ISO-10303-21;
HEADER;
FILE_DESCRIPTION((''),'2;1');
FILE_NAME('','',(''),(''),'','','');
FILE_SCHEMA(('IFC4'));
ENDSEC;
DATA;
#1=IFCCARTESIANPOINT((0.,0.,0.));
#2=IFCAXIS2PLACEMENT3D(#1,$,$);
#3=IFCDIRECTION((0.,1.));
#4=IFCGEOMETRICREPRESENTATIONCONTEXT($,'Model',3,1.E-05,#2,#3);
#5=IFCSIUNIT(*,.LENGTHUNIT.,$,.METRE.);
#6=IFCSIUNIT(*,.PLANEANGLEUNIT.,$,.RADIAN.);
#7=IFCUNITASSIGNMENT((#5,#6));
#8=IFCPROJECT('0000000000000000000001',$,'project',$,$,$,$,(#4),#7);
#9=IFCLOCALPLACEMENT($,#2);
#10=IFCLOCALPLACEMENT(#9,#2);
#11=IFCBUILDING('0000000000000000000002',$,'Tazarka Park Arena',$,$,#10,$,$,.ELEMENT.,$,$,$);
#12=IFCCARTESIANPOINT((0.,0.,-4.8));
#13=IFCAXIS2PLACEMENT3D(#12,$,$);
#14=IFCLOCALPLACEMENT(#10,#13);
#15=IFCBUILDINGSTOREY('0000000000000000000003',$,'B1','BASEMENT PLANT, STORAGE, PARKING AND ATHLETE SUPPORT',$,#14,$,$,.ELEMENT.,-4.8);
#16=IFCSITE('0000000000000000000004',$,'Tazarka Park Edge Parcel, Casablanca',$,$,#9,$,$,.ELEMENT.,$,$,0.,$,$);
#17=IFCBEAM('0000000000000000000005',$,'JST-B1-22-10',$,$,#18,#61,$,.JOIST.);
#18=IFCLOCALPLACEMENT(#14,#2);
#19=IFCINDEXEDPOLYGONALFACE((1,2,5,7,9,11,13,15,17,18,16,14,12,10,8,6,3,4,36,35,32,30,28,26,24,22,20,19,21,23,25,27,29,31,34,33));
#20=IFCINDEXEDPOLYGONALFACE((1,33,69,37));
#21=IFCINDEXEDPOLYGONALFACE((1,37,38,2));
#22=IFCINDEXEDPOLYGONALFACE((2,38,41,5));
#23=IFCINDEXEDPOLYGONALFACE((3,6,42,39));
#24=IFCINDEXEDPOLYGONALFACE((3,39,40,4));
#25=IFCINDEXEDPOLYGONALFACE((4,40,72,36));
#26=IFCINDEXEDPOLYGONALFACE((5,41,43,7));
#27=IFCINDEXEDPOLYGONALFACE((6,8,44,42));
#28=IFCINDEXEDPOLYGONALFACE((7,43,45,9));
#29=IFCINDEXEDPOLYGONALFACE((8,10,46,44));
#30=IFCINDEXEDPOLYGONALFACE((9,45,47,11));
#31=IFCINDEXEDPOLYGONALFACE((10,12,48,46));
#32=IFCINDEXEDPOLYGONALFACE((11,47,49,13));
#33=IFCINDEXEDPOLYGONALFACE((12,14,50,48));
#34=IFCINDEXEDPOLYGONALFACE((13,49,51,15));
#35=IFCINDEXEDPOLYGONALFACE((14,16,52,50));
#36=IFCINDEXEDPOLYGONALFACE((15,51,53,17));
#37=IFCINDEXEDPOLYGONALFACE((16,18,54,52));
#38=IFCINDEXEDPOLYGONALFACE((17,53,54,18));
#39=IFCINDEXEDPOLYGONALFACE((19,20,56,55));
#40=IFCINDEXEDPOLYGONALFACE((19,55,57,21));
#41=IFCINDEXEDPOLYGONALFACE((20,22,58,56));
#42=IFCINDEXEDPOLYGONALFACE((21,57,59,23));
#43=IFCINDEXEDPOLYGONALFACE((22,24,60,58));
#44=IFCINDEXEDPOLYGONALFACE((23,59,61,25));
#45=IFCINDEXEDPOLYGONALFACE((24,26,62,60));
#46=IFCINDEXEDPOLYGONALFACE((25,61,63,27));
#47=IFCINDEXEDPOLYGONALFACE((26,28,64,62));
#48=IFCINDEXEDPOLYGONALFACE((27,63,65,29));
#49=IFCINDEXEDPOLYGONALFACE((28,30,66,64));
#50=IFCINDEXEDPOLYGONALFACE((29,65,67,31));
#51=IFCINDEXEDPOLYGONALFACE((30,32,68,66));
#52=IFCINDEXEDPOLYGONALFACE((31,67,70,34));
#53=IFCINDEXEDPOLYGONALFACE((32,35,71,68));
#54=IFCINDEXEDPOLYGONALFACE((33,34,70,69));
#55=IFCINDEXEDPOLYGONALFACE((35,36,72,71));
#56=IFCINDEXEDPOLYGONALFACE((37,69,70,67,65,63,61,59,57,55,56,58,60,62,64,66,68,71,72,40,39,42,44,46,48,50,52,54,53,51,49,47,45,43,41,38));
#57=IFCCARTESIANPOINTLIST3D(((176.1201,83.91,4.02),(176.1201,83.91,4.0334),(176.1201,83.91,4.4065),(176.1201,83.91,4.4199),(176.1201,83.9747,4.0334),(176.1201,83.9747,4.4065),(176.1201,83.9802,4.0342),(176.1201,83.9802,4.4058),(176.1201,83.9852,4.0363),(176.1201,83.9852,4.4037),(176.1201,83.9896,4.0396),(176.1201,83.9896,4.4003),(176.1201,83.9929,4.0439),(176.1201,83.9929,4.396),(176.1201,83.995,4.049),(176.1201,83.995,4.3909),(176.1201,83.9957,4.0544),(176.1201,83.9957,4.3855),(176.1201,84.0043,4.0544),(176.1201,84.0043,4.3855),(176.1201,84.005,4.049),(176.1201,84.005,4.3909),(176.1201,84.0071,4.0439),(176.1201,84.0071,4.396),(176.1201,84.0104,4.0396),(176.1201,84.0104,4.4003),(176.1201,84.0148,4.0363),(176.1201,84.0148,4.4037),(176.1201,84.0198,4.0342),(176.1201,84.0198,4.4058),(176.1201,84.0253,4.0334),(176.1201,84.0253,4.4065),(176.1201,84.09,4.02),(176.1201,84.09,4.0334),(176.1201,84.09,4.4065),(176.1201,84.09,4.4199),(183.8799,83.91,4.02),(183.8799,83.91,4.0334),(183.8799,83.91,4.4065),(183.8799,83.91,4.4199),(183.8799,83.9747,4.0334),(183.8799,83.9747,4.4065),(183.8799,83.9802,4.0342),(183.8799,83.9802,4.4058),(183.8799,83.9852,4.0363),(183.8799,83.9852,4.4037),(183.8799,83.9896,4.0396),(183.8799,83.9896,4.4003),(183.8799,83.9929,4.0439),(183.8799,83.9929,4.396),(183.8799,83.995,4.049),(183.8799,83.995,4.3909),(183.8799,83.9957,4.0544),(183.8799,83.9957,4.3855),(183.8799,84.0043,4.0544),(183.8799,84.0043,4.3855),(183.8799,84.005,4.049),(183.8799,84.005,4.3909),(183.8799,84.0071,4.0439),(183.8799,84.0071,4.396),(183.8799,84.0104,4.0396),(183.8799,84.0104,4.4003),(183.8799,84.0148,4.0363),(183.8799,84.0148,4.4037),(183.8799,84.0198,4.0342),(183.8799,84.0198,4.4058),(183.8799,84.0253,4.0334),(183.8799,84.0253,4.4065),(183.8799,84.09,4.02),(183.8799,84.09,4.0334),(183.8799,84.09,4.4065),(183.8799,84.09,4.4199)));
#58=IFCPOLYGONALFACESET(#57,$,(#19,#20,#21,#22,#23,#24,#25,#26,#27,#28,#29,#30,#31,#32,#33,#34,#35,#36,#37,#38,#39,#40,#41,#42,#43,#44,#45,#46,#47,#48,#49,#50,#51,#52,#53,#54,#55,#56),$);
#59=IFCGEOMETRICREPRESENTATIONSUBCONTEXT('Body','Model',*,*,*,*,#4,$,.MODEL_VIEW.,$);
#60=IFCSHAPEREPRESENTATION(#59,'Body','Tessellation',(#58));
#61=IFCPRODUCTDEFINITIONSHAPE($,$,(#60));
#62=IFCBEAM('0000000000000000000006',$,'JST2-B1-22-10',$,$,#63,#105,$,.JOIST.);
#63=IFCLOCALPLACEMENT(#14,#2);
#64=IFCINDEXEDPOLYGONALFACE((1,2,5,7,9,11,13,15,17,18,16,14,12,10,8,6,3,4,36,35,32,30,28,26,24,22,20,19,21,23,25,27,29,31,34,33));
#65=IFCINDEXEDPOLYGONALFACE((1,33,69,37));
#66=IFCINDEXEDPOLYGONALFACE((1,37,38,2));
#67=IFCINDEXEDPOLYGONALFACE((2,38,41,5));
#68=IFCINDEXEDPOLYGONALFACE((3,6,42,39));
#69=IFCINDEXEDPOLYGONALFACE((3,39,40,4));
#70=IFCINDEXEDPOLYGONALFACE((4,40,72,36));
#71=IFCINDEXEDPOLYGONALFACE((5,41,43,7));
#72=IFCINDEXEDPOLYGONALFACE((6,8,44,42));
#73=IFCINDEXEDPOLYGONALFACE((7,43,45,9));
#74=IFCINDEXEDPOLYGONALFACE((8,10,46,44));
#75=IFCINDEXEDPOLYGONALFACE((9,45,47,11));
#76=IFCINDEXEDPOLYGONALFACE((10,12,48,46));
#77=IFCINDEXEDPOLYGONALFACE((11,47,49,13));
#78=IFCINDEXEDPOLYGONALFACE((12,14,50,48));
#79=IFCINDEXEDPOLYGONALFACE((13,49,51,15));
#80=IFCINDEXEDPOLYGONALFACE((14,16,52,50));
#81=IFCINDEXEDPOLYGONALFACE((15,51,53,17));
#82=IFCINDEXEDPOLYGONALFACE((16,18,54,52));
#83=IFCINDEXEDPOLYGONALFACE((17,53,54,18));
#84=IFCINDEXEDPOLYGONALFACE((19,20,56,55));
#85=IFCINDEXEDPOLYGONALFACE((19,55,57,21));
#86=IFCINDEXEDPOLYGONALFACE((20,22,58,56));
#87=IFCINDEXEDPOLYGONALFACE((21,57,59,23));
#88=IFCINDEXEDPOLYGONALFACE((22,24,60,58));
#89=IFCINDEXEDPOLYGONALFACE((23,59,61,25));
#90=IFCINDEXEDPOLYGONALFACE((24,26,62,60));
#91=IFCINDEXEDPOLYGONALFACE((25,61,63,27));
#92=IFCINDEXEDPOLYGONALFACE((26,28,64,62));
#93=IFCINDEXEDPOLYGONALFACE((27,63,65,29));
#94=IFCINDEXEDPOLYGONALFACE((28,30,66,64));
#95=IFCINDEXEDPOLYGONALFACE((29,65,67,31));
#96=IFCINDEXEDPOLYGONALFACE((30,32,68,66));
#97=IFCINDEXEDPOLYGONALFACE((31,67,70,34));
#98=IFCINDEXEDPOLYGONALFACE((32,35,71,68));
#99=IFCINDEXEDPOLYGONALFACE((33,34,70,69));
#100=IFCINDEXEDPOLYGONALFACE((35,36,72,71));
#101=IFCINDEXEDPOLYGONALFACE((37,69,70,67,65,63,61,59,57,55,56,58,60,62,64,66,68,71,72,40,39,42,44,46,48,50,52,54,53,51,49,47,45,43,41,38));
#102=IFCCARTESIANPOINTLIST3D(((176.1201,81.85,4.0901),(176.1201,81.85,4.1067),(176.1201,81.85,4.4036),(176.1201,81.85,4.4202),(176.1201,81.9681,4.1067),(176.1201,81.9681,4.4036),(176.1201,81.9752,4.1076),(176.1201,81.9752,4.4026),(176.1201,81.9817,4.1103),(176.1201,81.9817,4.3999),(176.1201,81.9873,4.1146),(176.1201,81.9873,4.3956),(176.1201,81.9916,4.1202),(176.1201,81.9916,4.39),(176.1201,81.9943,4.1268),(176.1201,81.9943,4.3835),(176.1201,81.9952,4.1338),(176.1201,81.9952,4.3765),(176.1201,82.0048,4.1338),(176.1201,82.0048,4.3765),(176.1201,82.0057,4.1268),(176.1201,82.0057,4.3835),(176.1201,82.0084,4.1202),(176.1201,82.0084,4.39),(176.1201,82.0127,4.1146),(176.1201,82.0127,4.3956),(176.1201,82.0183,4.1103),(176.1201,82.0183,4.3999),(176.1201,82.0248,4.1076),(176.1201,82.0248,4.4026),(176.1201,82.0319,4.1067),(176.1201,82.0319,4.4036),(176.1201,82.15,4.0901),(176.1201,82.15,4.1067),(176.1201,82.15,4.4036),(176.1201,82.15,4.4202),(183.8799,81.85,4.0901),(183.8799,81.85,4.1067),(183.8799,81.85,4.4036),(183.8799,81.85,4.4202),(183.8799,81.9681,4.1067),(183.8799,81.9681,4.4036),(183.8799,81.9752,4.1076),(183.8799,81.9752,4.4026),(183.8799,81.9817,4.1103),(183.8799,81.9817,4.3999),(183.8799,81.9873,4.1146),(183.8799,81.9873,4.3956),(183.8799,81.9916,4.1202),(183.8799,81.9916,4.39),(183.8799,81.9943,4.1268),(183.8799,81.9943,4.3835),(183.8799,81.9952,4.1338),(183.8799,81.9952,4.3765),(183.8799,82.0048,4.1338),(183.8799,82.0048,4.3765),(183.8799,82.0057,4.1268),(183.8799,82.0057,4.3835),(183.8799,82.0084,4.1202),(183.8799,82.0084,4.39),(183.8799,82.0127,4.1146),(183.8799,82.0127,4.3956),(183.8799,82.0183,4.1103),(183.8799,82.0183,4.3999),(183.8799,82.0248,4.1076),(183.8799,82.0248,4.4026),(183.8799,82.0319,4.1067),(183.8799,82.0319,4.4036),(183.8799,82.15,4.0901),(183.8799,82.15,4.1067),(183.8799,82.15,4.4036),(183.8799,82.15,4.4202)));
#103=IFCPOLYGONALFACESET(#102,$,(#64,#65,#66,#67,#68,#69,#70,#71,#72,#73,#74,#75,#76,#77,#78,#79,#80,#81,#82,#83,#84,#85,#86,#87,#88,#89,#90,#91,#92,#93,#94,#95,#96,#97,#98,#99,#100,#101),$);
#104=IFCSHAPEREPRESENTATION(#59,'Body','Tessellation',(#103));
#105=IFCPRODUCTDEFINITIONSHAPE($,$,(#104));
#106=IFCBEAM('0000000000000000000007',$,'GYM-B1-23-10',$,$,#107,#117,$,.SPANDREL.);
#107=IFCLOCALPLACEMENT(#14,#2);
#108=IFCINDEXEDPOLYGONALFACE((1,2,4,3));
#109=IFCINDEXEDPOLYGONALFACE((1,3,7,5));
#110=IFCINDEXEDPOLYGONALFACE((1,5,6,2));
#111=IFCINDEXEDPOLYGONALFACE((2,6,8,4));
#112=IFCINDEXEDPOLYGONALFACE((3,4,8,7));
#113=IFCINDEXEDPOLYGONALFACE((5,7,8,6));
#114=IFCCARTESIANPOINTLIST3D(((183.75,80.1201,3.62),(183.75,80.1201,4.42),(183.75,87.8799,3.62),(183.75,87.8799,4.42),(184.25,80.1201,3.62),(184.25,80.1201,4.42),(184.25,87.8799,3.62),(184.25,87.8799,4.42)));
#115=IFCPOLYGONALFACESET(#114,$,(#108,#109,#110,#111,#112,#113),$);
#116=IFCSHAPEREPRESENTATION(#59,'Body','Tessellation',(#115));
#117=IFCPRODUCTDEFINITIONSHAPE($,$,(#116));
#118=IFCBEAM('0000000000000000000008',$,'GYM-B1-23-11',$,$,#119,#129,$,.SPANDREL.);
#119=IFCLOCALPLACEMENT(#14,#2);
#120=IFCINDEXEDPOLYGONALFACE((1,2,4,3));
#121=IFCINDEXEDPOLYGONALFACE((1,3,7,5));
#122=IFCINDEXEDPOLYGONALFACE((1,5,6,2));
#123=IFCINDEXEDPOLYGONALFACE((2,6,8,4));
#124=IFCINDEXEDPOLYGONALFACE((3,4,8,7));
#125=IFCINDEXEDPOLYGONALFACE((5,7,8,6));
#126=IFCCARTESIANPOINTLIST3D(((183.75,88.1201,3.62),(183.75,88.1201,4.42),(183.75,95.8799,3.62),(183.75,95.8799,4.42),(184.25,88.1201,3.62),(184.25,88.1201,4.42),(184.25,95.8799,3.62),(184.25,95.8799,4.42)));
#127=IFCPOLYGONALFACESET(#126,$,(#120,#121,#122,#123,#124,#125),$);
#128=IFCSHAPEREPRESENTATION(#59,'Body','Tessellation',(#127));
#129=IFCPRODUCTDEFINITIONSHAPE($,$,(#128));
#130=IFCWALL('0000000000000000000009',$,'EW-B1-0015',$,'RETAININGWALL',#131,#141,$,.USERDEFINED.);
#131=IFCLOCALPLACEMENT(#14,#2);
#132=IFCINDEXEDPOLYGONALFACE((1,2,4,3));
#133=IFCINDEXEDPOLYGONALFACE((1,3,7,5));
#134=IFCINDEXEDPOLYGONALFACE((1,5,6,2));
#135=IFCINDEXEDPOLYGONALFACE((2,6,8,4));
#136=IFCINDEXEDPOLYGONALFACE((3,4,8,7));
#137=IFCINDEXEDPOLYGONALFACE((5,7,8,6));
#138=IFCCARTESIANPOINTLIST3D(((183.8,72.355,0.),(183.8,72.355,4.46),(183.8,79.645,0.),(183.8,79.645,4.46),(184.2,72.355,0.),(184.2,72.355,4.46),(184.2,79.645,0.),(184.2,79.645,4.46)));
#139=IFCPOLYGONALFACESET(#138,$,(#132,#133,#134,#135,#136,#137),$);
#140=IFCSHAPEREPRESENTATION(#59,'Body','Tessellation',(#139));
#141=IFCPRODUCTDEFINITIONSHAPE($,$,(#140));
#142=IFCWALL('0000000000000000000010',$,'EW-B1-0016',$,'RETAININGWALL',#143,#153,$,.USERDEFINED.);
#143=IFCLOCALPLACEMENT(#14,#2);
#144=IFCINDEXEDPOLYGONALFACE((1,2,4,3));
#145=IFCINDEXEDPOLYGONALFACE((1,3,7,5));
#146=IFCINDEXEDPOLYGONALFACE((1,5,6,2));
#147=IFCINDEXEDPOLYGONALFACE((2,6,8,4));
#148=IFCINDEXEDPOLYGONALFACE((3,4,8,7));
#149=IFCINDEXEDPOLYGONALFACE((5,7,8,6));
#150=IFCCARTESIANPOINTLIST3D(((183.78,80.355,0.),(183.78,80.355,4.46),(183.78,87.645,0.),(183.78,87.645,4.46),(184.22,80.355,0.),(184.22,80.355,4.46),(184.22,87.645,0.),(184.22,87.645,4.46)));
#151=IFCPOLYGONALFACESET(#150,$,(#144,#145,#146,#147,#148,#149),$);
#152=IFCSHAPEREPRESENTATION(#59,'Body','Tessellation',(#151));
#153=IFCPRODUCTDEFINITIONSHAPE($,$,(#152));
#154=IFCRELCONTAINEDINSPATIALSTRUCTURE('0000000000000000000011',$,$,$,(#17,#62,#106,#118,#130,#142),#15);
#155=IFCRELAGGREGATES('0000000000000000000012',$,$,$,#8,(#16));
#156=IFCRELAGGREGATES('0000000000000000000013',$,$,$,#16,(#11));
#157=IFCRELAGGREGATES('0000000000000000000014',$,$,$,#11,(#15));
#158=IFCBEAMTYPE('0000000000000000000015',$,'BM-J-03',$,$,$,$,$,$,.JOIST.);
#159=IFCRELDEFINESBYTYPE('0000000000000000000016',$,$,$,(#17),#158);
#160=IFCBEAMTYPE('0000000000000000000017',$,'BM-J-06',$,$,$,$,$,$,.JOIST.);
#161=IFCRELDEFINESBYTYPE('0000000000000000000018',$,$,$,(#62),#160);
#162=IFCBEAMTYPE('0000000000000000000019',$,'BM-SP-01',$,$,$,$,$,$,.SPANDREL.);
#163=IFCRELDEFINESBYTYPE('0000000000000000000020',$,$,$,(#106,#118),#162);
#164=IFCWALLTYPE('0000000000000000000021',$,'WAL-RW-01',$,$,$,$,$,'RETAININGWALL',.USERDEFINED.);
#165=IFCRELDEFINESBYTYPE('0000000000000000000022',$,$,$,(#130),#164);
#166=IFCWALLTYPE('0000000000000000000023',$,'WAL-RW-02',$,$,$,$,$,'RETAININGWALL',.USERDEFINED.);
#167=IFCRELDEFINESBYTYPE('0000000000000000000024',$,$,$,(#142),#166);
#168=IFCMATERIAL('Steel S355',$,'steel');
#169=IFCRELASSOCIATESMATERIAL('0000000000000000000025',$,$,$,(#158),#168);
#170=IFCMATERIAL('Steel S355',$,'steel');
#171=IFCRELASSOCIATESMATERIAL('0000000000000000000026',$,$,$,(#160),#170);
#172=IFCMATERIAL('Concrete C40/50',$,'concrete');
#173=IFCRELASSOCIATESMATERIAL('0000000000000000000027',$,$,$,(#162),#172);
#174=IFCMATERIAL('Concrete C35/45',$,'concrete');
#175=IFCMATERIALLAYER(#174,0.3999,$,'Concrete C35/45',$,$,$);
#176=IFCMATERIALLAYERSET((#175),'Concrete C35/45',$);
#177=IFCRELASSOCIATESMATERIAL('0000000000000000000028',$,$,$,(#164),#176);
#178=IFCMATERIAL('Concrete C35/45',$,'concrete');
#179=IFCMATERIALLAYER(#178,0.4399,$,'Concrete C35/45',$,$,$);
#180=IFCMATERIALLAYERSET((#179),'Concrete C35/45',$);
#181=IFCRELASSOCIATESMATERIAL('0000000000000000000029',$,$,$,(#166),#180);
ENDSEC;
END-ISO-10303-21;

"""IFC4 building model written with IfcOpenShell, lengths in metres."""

from ifc_helpers import new_model, si_unit, direction, frame, frame_2d, origin, origin_2d, place, context, subcontext, project, spatial, rectangle, i_section, extrude, material, layer, layer_set, material_profile, profile_set, type_object, element, save


model = new_model("IFC4")

# Units and contexts
model_context = context("Model", 3, precision=1e-05, world=origin(), true_north=direction((0.0, 1.0)))
body_context = subcontext(model_context, "Body", "Model", "MODEL_VIEW")
ifc_project = project(units=[si_unit("LENGTHUNIT", "METRE"), si_unit("PLANEANGLEUNIT", "RADIAN")], contexts=[model_context])

# Site, building, storey
site_placement = place(None, origin())
site = spatial("IfcSite", under=ifc_project, at=site_placement, Name="Tazarka Park Edge Parcel, Casablanca", CompositionType="ELEMENT", RefElevation=0.0)
building_placement = place(site_placement, origin())
building = spatial("IfcBuilding", under=site, at=building_placement, Name="Tazarka Park Arena", CompositionType="ELEMENT")
storey_placement = place(building_placement, frame((0.0, 0.0, -4.8)))
storey = spatial("IfcBuildingStorey", under=building, at=storey_placement, Name="B1", Description="BASEMENT PLANT, STORAGE, PARKING AND ATHLETE SUPPORT", CompositionType="ELEMENT", Elevation=-4.8)

# Beams
ifc_material_1 = material(Name="Steel S355", Category="steel")
ifc_material_profile_1 = material_profile(ifc_material_1, i_section(OverallWidth=0.1799, OverallDepth=0.3999, WebThickness=0.0085, FlangeThickness=0.0134, FilletRadius=0.021, at=origin_2d()), Name="Steel S355")
ifc_profile_set_1 = profile_set([ifc_material_profile_1], Name="Steel S355")
beam_type_1 = type_object("IfcBeamType", Name="BM-J-03", PredefinedType="JOIST", material=ifc_profile_set_1)
beam_1_placement = place(storey_placement, frame((176.1201, 84.0, 4.22), z_axis=(1.0, 0.0, 0.0), x_axis=(0.0, 1.0, 0.0)))
element("IfcBeam", 1, at=beam_1_placement, inside=storey, type_object=beam_type_1, Name="JST-B1-22-10", PredefinedType="JOIST", context=body_context, shape_type="SweptSolid", body=[
    extrude(i_section(OverallWidth=0.1799, OverallDepth=0.3999, WebThickness=0.0085, FlangeThickness=0.0134, FilletRadius=0.021, at=origin_2d()), origin(), (0.0, 0.0, 1.0), 7.7598),
])
ifc_material_2 = material(Name="Steel S355", Category="steel")
ifc_material_profile_2 = material_profile(ifc_material_2, i_section(OverallWidth=0.3, OverallDepth=0.3301, WebThickness=0.0095, FlangeThickness=0.0166, FilletRadius=0.0271, at=origin_2d()), Name="Steel S355")
ifc_profile_set_2 = profile_set([ifc_material_profile_2], Name="Steel S355")
beam_type_2 = type_object("IfcBeamType", Name="BM-J-06", PredefinedType="JOIST", material=ifc_profile_set_2)
beam_2_placement = place(storey_placement, frame((176.1201, 82.0, 4.2551), z_axis=(1.0, 0.0, 0.0), x_axis=(0.0, 1.0, 0.0)))
element("IfcBeam", 2, at=beam_2_placement, inside=storey, type_object=beam_type_2, Name="JST2-B1-22-10", PredefinedType="JOIST", context=body_context, shape_type="SweptSolid", body=[
    extrude(i_section(OverallWidth=0.3, OverallDepth=0.3301, WebThickness=0.0095, FlangeThickness=0.0166, FilletRadius=0.0271, at=origin_2d()), origin(), (0.0, 0.0, 1.0), 7.7598),
])
ifc_material_3 = material(Name="Concrete C40/50", Category="concrete")
ifc_material_profile_3 = material_profile(ifc_material_3, rectangle(XDim=0.5, YDim=0.8, at=origin_2d()), Name="Concrete C40/50")
ifc_profile_set_3 = profile_set([ifc_material_profile_3], Name="Concrete C40/50")
beam_type_3 = type_object("IfcBeamType", Name="BM-SP-01", PredefinedType="SPANDREL", material=ifc_profile_set_3)
for number, where, z_axis, x_axis, name in (
    (3, (184.0, 80.1201, 4.02), (0.0, 1.0, 0.0), (-1.0, 0.0, 0.0), "GYM-B1-23-10"),
    (4, (184.0, 88.1201, 4.02), (0.0, 1.0, 0.0), (-1.0, 0.0, 0.0), "GYM-B1-23-11"),
):
    element("IfcBeam", number, at=place(storey_placement, frame(where, z_axis=z_axis, x_axis=x_axis)), inside=storey, type_object=beam_type_3, Name=name, PredefinedType="SPANDREL", context=body_context, shape_type="SweptSolid", body=[
        extrude(rectangle(XDim=0.5, YDim=0.8, at=origin_2d()), origin(), (0.0, 0.0, 1.0), 7.7598),
    ])

# Walls
ifc_material_4 = material(Name="Concrete C35/45", Category="concrete")
ifc_layer_1 = layer(ifc_material_4, 0.3999, Name="Concrete C35/45")
ifc_layer_set_1 = layer_set([ifc_layer_1], Name="Concrete C35/45")
wall_type_1 = type_object("IfcWallType", Name="WAL-RW-01", ElementType="RETAININGWALL", PredefinedType="USERDEFINED", material=ifc_layer_set_1)
wall_1_placement = place(storey_placement, frame((184.0, 79.645, 0.0), z_axis=(0.0, 0.0, 1.0), x_axis=(0.0, -1.0, 0.0)))
element("IfcWall", 5, at=wall_1_placement, inside=storey, type_object=wall_type_1, Name="EW-B1-0015", ObjectType="RETAININGWALL", PredefinedType="USERDEFINED", context=body_context, shape_type="SweptSolid", body=[
    extrude(rectangle(XDim=7.29, YDim=0.3999, at=frame_2d((3.645, 0.0))), origin(), (0.0, 0.0, 1.0), 4.46),
])
ifc_material_5 = material(Name="Concrete C35/45", Category="concrete")
ifc_layer_2 = layer(ifc_material_5, 0.4399, Name="Concrete C35/45")
ifc_layer_set_2 = layer_set([ifc_layer_2], Name="Concrete C35/45")
wall_type_2 = type_object("IfcWallType", Name="WAL-RW-02", ElementType="RETAININGWALL", PredefinedType="USERDEFINED", material=ifc_layer_set_2)
wall_2_placement = place(storey_placement, frame((184.0, 87.645, 0.0), z_axis=(0.0, 0.0, 1.0), x_axis=(0.0, -1.0, 0.0)))
element("IfcWall", 6, at=wall_2_placement, inside=storey, type_object=wall_type_2, Name="EW-B1-0016", ObjectType="RETAININGWALL", PredefinedType="USERDEFINED", context=body_context, shape_type="SweptSolid", body=[
    extrude(rectangle(XDim=7.29, YDim=0.4399, at=frame_2d((3.645, 0.0))), origin(), (0.0, 0.0, 1.0), 4.46),
])

save(model, "model.ifc")
